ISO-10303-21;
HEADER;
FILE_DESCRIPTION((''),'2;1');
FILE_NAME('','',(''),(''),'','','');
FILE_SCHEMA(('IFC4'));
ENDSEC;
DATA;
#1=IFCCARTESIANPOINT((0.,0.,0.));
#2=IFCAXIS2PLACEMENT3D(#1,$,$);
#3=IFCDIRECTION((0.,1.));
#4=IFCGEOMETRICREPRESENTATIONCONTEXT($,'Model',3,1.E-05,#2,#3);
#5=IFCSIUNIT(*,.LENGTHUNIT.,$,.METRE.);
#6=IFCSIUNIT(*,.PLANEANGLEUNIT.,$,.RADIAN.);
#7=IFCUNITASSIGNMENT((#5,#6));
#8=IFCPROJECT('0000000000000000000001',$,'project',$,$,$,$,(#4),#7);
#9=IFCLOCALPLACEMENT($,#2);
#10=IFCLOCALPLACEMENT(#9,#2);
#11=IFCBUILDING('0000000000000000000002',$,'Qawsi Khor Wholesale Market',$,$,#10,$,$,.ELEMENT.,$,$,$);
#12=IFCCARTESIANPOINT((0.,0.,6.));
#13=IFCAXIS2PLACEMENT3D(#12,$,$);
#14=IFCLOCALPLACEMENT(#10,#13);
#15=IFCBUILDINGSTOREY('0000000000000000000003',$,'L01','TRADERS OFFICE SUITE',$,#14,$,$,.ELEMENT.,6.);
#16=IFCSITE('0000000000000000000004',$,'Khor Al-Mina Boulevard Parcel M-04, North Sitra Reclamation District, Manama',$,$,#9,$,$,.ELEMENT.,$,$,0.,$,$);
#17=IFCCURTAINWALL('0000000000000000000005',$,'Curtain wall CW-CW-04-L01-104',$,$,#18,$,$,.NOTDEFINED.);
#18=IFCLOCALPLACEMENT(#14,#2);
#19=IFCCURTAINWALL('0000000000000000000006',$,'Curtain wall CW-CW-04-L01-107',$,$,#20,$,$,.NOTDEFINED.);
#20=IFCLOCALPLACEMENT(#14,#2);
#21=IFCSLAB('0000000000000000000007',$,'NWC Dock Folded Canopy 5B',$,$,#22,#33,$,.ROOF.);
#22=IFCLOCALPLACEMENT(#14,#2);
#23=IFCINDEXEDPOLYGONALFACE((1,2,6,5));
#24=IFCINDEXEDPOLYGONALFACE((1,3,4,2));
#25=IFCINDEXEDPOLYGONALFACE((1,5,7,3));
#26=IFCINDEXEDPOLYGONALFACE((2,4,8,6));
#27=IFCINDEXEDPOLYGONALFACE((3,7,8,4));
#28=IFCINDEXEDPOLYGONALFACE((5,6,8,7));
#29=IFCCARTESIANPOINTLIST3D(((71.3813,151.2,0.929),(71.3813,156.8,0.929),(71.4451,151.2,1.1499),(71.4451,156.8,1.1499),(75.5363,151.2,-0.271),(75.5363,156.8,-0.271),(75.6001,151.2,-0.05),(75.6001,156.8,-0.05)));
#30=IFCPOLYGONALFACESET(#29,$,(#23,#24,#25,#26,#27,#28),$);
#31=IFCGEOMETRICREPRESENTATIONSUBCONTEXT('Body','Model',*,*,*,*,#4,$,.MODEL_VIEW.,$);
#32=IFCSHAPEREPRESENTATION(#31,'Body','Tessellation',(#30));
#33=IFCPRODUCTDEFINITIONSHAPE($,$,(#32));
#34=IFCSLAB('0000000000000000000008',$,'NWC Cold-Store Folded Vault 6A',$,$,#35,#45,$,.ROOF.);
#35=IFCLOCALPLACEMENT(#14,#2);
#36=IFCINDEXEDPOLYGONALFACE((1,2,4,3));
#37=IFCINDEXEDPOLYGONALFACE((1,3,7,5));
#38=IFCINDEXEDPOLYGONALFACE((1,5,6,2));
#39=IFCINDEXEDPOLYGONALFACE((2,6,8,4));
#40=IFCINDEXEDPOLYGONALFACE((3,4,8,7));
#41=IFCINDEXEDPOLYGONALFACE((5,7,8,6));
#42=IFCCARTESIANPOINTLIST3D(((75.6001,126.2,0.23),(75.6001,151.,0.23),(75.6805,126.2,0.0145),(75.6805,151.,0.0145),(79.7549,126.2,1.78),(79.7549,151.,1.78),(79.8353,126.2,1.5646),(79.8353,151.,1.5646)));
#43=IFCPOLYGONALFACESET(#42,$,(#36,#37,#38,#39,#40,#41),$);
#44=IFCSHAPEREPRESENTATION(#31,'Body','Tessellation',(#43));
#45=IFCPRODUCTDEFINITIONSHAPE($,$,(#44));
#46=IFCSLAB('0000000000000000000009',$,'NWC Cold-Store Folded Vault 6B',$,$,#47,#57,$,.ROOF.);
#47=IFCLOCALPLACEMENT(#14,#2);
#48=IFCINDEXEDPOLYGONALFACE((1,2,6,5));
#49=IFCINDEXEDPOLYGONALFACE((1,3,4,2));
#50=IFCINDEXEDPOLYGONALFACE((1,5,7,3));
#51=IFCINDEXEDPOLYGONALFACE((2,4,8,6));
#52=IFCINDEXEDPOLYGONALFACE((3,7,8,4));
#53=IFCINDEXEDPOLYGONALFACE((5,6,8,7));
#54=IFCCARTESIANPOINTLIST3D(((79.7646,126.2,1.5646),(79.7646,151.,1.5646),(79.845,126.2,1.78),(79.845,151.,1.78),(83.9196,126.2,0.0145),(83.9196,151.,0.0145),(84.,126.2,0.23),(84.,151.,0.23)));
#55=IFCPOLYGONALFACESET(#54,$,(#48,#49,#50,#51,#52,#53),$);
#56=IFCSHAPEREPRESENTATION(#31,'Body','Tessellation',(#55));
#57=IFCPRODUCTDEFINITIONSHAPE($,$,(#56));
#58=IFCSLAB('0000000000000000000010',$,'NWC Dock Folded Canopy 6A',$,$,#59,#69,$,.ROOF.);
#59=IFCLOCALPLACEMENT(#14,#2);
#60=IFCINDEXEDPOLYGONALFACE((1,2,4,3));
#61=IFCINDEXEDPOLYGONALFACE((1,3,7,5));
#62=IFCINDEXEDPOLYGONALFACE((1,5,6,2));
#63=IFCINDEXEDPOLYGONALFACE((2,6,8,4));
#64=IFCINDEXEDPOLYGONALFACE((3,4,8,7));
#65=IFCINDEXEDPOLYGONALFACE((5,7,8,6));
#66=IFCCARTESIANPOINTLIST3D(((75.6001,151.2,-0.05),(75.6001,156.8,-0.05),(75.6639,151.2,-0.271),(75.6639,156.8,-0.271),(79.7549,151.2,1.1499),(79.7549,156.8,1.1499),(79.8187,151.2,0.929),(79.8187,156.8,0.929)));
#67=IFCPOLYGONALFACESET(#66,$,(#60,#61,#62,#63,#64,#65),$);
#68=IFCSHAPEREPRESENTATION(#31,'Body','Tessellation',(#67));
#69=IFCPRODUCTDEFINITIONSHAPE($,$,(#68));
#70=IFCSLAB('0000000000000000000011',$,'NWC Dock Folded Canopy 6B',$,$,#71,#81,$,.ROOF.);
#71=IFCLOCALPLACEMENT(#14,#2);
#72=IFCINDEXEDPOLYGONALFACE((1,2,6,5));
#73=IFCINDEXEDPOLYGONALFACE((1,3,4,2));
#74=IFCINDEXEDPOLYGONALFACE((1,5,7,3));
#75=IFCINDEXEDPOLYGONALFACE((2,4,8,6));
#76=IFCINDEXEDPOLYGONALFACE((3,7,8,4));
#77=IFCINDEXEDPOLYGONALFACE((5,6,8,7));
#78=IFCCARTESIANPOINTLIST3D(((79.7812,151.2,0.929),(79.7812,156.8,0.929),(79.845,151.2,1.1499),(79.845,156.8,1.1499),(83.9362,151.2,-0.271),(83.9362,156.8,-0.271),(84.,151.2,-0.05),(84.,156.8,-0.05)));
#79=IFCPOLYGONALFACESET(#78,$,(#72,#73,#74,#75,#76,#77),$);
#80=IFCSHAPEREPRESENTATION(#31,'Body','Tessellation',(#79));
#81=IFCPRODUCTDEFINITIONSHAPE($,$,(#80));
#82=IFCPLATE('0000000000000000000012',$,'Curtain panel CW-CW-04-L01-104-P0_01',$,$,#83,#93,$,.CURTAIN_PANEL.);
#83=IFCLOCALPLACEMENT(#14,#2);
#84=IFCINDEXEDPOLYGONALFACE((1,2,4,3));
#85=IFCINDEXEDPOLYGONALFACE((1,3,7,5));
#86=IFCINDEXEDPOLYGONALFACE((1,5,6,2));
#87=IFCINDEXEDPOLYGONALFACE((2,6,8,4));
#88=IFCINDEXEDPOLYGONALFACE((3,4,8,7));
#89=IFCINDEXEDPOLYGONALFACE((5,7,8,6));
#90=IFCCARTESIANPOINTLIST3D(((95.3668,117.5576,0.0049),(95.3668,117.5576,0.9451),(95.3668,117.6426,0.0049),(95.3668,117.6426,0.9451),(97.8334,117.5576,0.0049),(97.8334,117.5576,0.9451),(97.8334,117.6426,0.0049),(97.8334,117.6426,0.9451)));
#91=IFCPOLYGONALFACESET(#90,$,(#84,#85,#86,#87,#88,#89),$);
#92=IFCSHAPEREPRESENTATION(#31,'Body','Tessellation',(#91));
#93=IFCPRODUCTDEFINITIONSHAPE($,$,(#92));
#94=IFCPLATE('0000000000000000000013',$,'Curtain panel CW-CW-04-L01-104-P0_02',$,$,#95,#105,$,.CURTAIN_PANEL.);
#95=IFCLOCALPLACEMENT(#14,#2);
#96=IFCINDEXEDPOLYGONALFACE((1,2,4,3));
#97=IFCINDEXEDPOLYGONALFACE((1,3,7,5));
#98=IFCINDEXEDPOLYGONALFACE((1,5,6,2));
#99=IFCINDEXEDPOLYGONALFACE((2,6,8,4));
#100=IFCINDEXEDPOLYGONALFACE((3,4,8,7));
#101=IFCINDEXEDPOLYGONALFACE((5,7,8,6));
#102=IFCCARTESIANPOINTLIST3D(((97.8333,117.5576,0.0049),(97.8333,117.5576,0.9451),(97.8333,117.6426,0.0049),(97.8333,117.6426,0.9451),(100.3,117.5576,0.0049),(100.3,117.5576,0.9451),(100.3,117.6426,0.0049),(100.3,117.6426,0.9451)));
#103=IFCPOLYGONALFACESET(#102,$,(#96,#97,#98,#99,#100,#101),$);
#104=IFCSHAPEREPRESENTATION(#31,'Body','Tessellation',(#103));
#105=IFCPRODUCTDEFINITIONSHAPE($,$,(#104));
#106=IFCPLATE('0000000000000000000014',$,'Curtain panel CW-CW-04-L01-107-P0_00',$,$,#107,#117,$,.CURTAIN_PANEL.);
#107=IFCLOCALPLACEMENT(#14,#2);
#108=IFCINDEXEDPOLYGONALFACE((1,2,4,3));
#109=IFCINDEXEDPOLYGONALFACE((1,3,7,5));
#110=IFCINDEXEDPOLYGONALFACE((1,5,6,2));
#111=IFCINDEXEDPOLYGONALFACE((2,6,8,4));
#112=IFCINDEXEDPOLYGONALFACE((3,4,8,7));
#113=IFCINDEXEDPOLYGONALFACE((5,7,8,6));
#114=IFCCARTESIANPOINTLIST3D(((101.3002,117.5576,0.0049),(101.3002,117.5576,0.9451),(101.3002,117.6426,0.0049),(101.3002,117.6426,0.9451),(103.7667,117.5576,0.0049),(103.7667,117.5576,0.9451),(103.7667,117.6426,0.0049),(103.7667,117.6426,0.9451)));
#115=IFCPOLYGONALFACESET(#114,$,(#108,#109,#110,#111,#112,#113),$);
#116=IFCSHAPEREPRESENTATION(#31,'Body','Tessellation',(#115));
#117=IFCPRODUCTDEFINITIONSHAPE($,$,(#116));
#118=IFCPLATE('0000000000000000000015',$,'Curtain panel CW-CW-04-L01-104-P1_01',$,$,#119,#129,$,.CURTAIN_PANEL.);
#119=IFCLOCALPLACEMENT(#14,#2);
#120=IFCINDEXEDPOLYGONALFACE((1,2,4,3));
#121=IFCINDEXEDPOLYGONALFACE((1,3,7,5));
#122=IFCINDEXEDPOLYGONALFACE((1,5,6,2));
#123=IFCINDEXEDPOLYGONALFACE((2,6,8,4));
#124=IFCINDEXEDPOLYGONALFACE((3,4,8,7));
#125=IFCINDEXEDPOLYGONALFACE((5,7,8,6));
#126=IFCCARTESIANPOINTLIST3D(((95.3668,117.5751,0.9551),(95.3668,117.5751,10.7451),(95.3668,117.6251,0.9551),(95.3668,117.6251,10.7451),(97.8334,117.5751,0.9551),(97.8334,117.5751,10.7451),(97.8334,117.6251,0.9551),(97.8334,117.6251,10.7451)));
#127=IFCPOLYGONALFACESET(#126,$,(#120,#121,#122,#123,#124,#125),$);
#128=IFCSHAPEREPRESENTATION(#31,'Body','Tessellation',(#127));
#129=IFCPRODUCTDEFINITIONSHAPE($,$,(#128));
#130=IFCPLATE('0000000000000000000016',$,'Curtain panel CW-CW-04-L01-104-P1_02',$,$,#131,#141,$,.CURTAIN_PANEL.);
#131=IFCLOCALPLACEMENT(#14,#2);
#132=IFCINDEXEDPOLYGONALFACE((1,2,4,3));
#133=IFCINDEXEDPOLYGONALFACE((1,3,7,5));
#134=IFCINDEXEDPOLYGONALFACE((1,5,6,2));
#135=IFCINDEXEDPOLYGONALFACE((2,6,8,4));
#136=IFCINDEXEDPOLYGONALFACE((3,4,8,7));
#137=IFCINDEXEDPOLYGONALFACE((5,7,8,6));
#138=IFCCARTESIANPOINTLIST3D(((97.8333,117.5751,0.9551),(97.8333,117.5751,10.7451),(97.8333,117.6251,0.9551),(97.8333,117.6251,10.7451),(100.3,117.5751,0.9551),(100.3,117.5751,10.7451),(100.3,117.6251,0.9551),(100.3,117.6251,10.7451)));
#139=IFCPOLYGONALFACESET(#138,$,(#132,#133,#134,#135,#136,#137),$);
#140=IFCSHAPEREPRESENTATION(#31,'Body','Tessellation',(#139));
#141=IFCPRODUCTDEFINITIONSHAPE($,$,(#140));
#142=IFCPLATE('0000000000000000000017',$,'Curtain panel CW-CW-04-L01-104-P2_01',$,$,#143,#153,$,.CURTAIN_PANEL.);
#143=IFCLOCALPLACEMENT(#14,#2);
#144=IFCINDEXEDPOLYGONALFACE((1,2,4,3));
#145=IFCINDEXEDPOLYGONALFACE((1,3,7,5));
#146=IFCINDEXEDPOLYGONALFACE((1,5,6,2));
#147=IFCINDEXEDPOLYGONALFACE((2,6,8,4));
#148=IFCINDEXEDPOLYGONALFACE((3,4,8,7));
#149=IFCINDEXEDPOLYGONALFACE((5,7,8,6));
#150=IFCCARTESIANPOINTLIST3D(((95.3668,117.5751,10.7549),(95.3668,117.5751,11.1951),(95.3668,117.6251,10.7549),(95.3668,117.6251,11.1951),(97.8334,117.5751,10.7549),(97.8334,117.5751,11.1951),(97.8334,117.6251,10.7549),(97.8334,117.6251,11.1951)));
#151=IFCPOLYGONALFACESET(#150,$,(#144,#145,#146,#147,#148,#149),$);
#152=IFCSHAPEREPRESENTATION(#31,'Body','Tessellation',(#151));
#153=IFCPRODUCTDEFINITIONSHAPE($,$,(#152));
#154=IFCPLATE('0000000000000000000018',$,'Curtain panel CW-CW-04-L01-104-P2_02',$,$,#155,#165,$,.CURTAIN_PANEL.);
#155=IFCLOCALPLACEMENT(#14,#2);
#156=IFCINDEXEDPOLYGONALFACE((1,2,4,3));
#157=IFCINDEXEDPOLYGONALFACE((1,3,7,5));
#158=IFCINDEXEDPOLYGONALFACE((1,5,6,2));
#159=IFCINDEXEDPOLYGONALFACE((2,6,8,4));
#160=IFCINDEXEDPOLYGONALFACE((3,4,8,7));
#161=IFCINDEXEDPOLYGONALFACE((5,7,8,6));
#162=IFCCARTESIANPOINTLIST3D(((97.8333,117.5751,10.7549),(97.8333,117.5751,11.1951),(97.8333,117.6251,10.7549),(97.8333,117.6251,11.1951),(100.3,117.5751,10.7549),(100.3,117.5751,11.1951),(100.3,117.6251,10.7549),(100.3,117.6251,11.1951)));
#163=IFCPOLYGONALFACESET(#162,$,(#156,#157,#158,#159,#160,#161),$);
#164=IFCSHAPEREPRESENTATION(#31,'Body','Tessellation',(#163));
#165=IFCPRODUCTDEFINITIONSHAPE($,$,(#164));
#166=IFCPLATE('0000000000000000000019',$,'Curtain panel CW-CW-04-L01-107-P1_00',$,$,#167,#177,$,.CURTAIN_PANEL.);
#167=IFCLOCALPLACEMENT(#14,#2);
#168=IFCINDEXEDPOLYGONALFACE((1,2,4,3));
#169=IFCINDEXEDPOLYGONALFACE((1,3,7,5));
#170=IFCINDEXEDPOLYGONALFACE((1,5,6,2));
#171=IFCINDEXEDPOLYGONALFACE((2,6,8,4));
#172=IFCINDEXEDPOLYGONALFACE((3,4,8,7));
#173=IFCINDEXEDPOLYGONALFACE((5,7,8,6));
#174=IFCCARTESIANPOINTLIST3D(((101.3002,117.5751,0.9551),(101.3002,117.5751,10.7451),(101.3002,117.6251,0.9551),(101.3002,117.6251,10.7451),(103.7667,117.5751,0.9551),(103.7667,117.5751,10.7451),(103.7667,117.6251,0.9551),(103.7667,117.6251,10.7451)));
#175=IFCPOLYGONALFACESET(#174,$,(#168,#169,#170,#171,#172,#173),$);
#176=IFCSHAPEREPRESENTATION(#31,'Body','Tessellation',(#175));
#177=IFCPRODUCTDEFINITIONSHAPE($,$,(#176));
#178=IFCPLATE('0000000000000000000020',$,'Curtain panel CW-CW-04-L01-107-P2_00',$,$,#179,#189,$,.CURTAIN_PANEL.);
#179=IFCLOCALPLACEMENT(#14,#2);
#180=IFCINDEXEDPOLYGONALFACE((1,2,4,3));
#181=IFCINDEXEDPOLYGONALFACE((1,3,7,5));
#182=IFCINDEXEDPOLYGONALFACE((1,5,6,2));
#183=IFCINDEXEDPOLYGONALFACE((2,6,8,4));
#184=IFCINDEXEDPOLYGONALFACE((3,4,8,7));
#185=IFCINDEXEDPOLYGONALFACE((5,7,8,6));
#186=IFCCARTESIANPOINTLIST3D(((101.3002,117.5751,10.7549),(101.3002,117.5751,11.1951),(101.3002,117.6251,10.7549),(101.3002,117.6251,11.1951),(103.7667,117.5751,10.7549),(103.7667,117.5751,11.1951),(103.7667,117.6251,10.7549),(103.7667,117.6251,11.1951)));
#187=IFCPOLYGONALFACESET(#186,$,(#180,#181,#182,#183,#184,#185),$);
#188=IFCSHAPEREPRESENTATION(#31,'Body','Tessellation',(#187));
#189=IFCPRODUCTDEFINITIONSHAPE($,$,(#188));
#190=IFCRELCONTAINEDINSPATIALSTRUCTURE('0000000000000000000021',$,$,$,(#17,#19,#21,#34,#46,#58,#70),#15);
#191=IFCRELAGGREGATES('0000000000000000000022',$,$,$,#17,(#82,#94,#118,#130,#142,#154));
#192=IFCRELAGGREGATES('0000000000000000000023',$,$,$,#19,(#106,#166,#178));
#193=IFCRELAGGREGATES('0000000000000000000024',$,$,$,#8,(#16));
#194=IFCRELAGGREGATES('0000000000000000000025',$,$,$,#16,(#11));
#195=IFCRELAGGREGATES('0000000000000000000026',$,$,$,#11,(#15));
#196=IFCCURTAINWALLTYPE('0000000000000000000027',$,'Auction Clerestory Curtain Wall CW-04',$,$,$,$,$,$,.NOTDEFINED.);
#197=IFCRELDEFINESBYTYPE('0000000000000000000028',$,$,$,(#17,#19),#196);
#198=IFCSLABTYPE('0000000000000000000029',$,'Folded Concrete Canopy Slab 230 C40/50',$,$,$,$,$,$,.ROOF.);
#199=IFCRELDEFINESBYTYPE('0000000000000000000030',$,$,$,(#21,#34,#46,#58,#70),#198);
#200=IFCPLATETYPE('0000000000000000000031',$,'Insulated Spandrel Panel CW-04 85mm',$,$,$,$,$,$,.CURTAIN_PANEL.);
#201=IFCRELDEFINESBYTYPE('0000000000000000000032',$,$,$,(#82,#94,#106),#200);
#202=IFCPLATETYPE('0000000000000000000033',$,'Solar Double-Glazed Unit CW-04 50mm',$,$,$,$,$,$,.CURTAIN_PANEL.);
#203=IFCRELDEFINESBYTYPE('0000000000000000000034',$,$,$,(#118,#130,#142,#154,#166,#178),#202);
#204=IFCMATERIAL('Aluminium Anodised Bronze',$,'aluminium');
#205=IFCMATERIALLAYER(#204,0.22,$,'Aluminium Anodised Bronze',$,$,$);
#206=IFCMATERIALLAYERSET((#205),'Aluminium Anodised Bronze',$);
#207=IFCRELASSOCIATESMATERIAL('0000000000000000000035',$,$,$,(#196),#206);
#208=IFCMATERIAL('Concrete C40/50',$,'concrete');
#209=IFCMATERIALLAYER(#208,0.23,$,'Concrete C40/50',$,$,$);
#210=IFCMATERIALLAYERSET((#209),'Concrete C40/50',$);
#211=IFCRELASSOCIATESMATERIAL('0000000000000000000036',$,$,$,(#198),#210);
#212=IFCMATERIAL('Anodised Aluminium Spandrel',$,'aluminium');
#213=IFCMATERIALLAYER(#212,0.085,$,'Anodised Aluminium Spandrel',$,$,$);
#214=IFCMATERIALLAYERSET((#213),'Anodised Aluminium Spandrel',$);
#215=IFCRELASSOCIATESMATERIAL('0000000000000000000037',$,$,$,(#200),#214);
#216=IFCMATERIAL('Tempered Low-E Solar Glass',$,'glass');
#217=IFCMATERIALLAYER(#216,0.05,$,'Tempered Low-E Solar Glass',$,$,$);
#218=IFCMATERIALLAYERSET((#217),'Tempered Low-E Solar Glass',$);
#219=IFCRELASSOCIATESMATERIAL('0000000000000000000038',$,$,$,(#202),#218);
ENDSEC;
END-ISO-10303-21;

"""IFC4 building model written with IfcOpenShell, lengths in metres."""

from ifc_helpers import new_model, si_unit, direction, frame, frame_2d, origin, place, context, subcontext, project, spatial, polyline, rectangle, outline, extrude, material, layer, layer_set, type_object, element, aggregate, save


model = new_model("IFC4")

# Units and contexts
model_context = context("Model", 3, precision=1e-05, world=origin(), true_north=direction((0.0, 1.0)))
body_context = subcontext(model_context, "Body", "Model", "MODEL_VIEW")
ifc_project = project(units=[si_unit("LENGTHUNIT", "METRE"), si_unit("PLANEANGLEUNIT", "RADIAN")], contexts=[model_context])

# Site, building, storey
site_placement = place(None, origin())
site = spatial("IfcSite", under=ifc_project, at=site_placement, Name="Khor Al-Mina Boulevard Parcel M-04, North Sitra Reclamation District, Manama", CompositionType="ELEMENT", RefElevation=0.0)
building_placement = place(site_placement, origin())
building = spatial("IfcBuilding", under=site, at=building_placement, Name="Qawsi Khor Wholesale Market", CompositionType="ELEMENT")
storey_placement = place(building_placement, frame((0.0, 0.0, 6.0)))
storey = spatial("IfcBuildingStorey", under=building, at=storey_placement, Name="L01", Description="TRADERS OFFICE SUITE", CompositionType="ELEMENT", Elevation=6.0)

# Shared definitions
ifc_material_1 = material(Name="Concrete C40/50", Category="concrete")

# Curtain wall
ifc_material_2 = material(Name="Aluminium Anodised Bronze", Category="aluminium")
ifc_layer_1 = layer(ifc_material_2, 0.22, Name="Aluminium Anodised Bronze")
ifc_layer_set_1 = layer_set([ifc_layer_1], Name="Aluminium Anodised Bronze")
curtain_wall_type = type_object("IfcCurtainWallType", Name="Auction Clerestory Curtain Wall CW-04", PredefinedType="NOTDEFINED", material=ifc_layer_set_1)
curtain_wall_1_placement = place(storey_placement, origin())
curtain_wall_1 = element("IfcCurtainWall", 1, at=curtain_wall_1_placement, inside=storey, type_object=curtain_wall_type, Name="Curtain wall CW-CW-04-L01-104", PredefinedType="NOTDEFINED")

# Curtain wall
curtain_wall_2_placement = place(storey_placement, origin())
curtain_wall_2 = element("IfcCurtainWall", 2, at=curtain_wall_2_placement, inside=storey, type_object=curtain_wall_type, Name="Curtain wall CW-CW-04-L01-107", PredefinedType="NOTDEFINED")

# Slabs
ifc_layer_2 = layer(ifc_material_1, 0.23, Name="Concrete C40/50")
ifc_layer_set_2 = layer_set([ifc_layer_2], Name="Concrete C40/50")
slab_type = type_object("IfcSlabType", Name="Folded Concrete Canopy Slab 230 C40/50", PredefinedType="ROOF", material=ifc_layer_set_2)
slab_1_placement = place(storey_placement, frame((71.4451, 151.2, 1.1499), z_axis=(0.277456, 0.0, 0.960738), x_axis=(0.960738, 0.0, -0.277456)))
element("IfcSlab", 3, at=slab_1_placement, inside=storey, type_object=slab_type, Name="NWC Dock Folded Canopy 5B", PredefinedType="ROOF", context=body_context, shape_type="SweptSolid", body=[
    extrude(outline(polyline([(0.0, 0.0), (4.3248, 0.0), (4.3248, 5.6001), (0.0, 5.6001), (0.0, 0.0)])), origin(), (0.0, 0.0, -1.0), 0.23),
])
slab_2_placement = place(storey_placement, frame((75.6001, 126.2, 0.23), z_axis=(-0.349542, 0.0, 0.936921), x_axis=(0.936921, 0.0, 0.349542)))
element("IfcSlab", 4, at=slab_2_placement, inside=storey, type_object=slab_type, Name="NWC Cold-Store Folded Vault 6A", PredefinedType="ROOF", context=body_context, shape_type="SweptSolid", body=[
    extrude(outline(polyline([(0.0, 0.0), (4.4345, 0.0), (4.4345, 24.8), (0.0, 24.8), (0.0, 0.0)])), origin(), (0.0, 0.0, -1.0), 0.23),
])
slab_3_placement = place(storey_placement, frame((79.845, 126.2, 1.78), z_axis=(0.349524, 0.0, 0.936927), x_axis=(0.936927, 0.0, -0.349524)))
element("IfcSlab", 5, at=slab_3_placement, inside=storey, type_object=slab_type, Name="NWC Cold-Store Folded Vault 6B", PredefinedType="ROOF", context=body_context, shape_type="SweptSolid", body=[
    extrude(outline(polyline([(0.0, 0.0), (4.4347, 0.0), (4.4347, 24.8), (0.0, 24.8), (0.0, 0.0)])), origin(), (0.0, 0.0, -1.0), 0.23),
])
slab_4_placement = place(storey_placement, frame((75.6001, 151.2, -0.05), z_axis=(-0.277471, 0.0, 0.960734), x_axis=(0.960734, 0.0, 0.277471)))
element("IfcSlab", 6, at=slab_4_placement, inside=storey, type_object=slab_type, Name="NWC Dock Folded Canopy 6A", PredefinedType="ROOF", context=body_context, shape_type="SweptSolid", body=[
    extrude(outline(polyline([(0.0, 0.0), (4.3246, 0.0), (4.3246, 5.6001), (0.0, 5.6001), (0.0, 0.0)])), origin(), (0.0, 0.0, -1.0), 0.23),
])
slab_5_placement = place(storey_placement, frame((79.845, 151.2, 1.1499), z_axis=(0.277456, 0.0, 0.960738), x_axis=(0.960738, 0.0, -0.277456)))
element("IfcSlab", 7, at=slab_5_placement, inside=storey, type_object=slab_type, Name="NWC Dock Folded Canopy 6B", PredefinedType="ROOF", context=body_context, shape_type="SweptSolid", body=[
    extrude(outline(polyline([(0.0, 0.0), (4.3248, 0.0), (4.3248, 5.6001), (0.0, 5.6001), (0.0, 0.0)])), origin(), (0.0, 0.0, -1.0), 0.23),
])

# Plates
ifc_material_3 = material(Name="Anodised Aluminium Spandrel", Category="aluminium")
ifc_layer_3 = layer(ifc_material_3, 0.085, Name="Anodised Aluminium Spandrel")
ifc_layer_set_3 = layer_set([ifc_layer_3], Name="Anodised Aluminium Spandrel")
plate_type_1 = type_object("IfcPlateType", Name="Insulated Spandrel Panel CW-04 85mm", PredefinedType="CURTAIN_PANEL", material=ifc_layer_set_3)
plate_1_placement = place(storey_placement, frame((95.3667, 117.6001, 0.0049), z_axis=(0.0, 0.0, 1.0), x_axis=(1.0, 0.0, 0.0)))
plate_1 = element("IfcPlate", 8, at=plate_1_placement, type_object=plate_type_1, Name="Curtain panel CW-CW-04-L01-104-P0_01", PredefinedType="CURTAIN_PANEL", context=body_context, shape_type="SweptSolid", body=[
    extrude(rectangle(XDim=2.4666, YDim=0.085, at=frame_2d((1.2334, 0.0))), origin(), (0.0, 0.0, 1.0), 0.9402),
])
plate_2_placement = place(storey_placement, frame((97.8333, 117.6001, 0.0049), z_axis=(0.0, 0.0, 1.0), x_axis=(1.0, 0.0, 0.0)))
plate_2 = element("IfcPlate", 9, at=plate_2_placement, type_object=plate_type_1, Name="Curtain panel CW-CW-04-L01-104-P0_02", PredefinedType="CURTAIN_PANEL", context=body_context, shape_type="SweptSolid", body=[
    extrude(rectangle(XDim=2.4668, YDim=0.085, at=frame_2d((1.2334, 0.0))), origin(), (0.0, 0.0, 1.0), 0.9402),
])
plate_3_placement = place(storey_placement, frame((101.3, 117.6001, 0.0049), z_axis=(0.0, 0.0, 1.0), x_axis=(1.0, 0.0, 0.0)))
plate_3 = element("IfcPlate", 10, at=plate_3_placement, type_object=plate_type_1, Name="Curtain panel CW-CW-04-L01-107-P0_00", PredefinedType="CURTAIN_PANEL", context=body_context, shape_type="SweptSolid", body=[
    extrude(rectangle(XDim=2.4666, YDim=0.085, at=frame_2d((1.2334, 0.0))), origin(), (0.0, 0.0, 1.0), 0.9402),
])
ifc_material_4 = material(Name="Tempered Low-E Solar Glass", Category="glass")
ifc_layer_4 = layer(ifc_material_4, 0.05, Name="Tempered Low-E Solar Glass")
ifc_layer_set_4 = layer_set([ifc_layer_4], Name="Tempered Low-E Solar Glass")
plate_type_2 = type_object("IfcPlateType", Name="Solar Double-Glazed Unit CW-04 50mm", PredefinedType="CURTAIN_PANEL", material=ifc_layer_set_4)
plate_4_placement = place(storey_placement, frame((95.3667, 117.6001, 0.9551), z_axis=(0.0, 0.0, 1.0), x_axis=(1.0, 0.0, 0.0)))
plate_4 = element("IfcPlate", 11, at=plate_4_placement, type_object=plate_type_2, Name="Curtain panel CW-CW-04-L01-104-P1_01", PredefinedType="CURTAIN_PANEL", context=body_context, shape_type="SweptSolid", body=[
    extrude(rectangle(XDim=2.4666, YDim=0.05, at=frame_2d((1.2334, 0.0))), origin(), (0.0, 0.0, 1.0), 9.79),
])
plate_5_placement = place(storey_placement, frame((97.8333, 117.6001, 0.9551), z_axis=(0.0, 0.0, 1.0), x_axis=(1.0, 0.0, 0.0)))
plate_5 = element("IfcPlate", 12, at=plate_5_placement, type_object=plate_type_2, Name="Curtain panel CW-CW-04-L01-104-P1_02", PredefinedType="CURTAIN_PANEL", context=body_context, shape_type="SweptSolid", body=[
    extrude(rectangle(XDim=2.4668, YDim=0.05, at=frame_2d((1.2334, 0.0))), origin(), (0.0, 0.0, 1.0), 9.79),
])
plate_6_placement = place(storey_placement, frame((95.3667, 117.6001, 10.7549), z_axis=(0.0, 0.0, 1.0), x_axis=(1.0, 0.0, 0.0)))
plate_6 = element("IfcPlate", 13, at=plate_6_placement, type_object=plate_type_2, Name="Curtain panel CW-CW-04-L01-104-P2_01", PredefinedType="CURTAIN_PANEL", context=body_context, shape_type="SweptSolid", body=[
    extrude(rectangle(XDim=2.4666, YDim=0.05, at=frame_2d((1.2334, 0.0))), origin(), (0.0, 0.0, 1.0), 0.4402),
])
plate_7_placement = place(storey_placement, frame((97.8333, 117.6001, 10.7549), z_axis=(0.0, 0.0, 1.0), x_axis=(1.0, 0.0, 0.0)))
plate_7 = element("IfcPlate", 14, at=plate_7_placement, type_object=plate_type_2, Name="Curtain panel CW-CW-04-L01-104-P2_02", PredefinedType="CURTAIN_PANEL", context=body_context, shape_type="SweptSolid", body=[
    extrude(rectangle(XDim=2.4668, YDim=0.05, at=frame_2d((1.2334, 0.0))), origin(), (0.0, 0.0, 1.0), 0.4402),
])
aggregate(curtain_wall_1, [plate_1, plate_2, plate_4, plate_5, plate_6, plate_7])
plate_8_placement = place(storey_placement, frame((101.3, 117.6001, 0.9551), z_axis=(0.0, 0.0, 1.0), x_axis=(1.0, 0.0, 0.0)))
plate_8 = element("IfcPlate", 15, at=plate_8_placement, type_object=plate_type_2, Name="Curtain panel CW-CW-04-L01-107-P1_00", PredefinedType="CURTAIN_PANEL", context=body_context, shape_type="SweptSolid", body=[
    extrude(rectangle(XDim=2.4666, YDim=0.05, at=frame_2d((1.2334, 0.0))), origin(), (0.0, 0.0, 1.0), 9.79),
])
plate_9_placement = place(storey_placement, frame((101.3, 117.6001, 10.7549), z_axis=(0.0, 0.0, 1.0), x_axis=(1.0, 0.0, 0.0)))
plate_9 = element("IfcPlate", 16, at=plate_9_placement, type_object=plate_type_2, Name="Curtain panel CW-CW-04-L01-107-P2_00", PredefinedType="CURTAIN_PANEL", context=body_context, shape_type="SweptSolid", body=[
    extrude(rectangle(XDim=2.4666, YDim=0.05, at=frame_2d((1.2334, 0.0))), origin(), (0.0, 0.0, 1.0), 0.4402),
])
aggregate(curtain_wall_2, [plate_3, plate_8, plate_9])

save(model, "model.ifc")
